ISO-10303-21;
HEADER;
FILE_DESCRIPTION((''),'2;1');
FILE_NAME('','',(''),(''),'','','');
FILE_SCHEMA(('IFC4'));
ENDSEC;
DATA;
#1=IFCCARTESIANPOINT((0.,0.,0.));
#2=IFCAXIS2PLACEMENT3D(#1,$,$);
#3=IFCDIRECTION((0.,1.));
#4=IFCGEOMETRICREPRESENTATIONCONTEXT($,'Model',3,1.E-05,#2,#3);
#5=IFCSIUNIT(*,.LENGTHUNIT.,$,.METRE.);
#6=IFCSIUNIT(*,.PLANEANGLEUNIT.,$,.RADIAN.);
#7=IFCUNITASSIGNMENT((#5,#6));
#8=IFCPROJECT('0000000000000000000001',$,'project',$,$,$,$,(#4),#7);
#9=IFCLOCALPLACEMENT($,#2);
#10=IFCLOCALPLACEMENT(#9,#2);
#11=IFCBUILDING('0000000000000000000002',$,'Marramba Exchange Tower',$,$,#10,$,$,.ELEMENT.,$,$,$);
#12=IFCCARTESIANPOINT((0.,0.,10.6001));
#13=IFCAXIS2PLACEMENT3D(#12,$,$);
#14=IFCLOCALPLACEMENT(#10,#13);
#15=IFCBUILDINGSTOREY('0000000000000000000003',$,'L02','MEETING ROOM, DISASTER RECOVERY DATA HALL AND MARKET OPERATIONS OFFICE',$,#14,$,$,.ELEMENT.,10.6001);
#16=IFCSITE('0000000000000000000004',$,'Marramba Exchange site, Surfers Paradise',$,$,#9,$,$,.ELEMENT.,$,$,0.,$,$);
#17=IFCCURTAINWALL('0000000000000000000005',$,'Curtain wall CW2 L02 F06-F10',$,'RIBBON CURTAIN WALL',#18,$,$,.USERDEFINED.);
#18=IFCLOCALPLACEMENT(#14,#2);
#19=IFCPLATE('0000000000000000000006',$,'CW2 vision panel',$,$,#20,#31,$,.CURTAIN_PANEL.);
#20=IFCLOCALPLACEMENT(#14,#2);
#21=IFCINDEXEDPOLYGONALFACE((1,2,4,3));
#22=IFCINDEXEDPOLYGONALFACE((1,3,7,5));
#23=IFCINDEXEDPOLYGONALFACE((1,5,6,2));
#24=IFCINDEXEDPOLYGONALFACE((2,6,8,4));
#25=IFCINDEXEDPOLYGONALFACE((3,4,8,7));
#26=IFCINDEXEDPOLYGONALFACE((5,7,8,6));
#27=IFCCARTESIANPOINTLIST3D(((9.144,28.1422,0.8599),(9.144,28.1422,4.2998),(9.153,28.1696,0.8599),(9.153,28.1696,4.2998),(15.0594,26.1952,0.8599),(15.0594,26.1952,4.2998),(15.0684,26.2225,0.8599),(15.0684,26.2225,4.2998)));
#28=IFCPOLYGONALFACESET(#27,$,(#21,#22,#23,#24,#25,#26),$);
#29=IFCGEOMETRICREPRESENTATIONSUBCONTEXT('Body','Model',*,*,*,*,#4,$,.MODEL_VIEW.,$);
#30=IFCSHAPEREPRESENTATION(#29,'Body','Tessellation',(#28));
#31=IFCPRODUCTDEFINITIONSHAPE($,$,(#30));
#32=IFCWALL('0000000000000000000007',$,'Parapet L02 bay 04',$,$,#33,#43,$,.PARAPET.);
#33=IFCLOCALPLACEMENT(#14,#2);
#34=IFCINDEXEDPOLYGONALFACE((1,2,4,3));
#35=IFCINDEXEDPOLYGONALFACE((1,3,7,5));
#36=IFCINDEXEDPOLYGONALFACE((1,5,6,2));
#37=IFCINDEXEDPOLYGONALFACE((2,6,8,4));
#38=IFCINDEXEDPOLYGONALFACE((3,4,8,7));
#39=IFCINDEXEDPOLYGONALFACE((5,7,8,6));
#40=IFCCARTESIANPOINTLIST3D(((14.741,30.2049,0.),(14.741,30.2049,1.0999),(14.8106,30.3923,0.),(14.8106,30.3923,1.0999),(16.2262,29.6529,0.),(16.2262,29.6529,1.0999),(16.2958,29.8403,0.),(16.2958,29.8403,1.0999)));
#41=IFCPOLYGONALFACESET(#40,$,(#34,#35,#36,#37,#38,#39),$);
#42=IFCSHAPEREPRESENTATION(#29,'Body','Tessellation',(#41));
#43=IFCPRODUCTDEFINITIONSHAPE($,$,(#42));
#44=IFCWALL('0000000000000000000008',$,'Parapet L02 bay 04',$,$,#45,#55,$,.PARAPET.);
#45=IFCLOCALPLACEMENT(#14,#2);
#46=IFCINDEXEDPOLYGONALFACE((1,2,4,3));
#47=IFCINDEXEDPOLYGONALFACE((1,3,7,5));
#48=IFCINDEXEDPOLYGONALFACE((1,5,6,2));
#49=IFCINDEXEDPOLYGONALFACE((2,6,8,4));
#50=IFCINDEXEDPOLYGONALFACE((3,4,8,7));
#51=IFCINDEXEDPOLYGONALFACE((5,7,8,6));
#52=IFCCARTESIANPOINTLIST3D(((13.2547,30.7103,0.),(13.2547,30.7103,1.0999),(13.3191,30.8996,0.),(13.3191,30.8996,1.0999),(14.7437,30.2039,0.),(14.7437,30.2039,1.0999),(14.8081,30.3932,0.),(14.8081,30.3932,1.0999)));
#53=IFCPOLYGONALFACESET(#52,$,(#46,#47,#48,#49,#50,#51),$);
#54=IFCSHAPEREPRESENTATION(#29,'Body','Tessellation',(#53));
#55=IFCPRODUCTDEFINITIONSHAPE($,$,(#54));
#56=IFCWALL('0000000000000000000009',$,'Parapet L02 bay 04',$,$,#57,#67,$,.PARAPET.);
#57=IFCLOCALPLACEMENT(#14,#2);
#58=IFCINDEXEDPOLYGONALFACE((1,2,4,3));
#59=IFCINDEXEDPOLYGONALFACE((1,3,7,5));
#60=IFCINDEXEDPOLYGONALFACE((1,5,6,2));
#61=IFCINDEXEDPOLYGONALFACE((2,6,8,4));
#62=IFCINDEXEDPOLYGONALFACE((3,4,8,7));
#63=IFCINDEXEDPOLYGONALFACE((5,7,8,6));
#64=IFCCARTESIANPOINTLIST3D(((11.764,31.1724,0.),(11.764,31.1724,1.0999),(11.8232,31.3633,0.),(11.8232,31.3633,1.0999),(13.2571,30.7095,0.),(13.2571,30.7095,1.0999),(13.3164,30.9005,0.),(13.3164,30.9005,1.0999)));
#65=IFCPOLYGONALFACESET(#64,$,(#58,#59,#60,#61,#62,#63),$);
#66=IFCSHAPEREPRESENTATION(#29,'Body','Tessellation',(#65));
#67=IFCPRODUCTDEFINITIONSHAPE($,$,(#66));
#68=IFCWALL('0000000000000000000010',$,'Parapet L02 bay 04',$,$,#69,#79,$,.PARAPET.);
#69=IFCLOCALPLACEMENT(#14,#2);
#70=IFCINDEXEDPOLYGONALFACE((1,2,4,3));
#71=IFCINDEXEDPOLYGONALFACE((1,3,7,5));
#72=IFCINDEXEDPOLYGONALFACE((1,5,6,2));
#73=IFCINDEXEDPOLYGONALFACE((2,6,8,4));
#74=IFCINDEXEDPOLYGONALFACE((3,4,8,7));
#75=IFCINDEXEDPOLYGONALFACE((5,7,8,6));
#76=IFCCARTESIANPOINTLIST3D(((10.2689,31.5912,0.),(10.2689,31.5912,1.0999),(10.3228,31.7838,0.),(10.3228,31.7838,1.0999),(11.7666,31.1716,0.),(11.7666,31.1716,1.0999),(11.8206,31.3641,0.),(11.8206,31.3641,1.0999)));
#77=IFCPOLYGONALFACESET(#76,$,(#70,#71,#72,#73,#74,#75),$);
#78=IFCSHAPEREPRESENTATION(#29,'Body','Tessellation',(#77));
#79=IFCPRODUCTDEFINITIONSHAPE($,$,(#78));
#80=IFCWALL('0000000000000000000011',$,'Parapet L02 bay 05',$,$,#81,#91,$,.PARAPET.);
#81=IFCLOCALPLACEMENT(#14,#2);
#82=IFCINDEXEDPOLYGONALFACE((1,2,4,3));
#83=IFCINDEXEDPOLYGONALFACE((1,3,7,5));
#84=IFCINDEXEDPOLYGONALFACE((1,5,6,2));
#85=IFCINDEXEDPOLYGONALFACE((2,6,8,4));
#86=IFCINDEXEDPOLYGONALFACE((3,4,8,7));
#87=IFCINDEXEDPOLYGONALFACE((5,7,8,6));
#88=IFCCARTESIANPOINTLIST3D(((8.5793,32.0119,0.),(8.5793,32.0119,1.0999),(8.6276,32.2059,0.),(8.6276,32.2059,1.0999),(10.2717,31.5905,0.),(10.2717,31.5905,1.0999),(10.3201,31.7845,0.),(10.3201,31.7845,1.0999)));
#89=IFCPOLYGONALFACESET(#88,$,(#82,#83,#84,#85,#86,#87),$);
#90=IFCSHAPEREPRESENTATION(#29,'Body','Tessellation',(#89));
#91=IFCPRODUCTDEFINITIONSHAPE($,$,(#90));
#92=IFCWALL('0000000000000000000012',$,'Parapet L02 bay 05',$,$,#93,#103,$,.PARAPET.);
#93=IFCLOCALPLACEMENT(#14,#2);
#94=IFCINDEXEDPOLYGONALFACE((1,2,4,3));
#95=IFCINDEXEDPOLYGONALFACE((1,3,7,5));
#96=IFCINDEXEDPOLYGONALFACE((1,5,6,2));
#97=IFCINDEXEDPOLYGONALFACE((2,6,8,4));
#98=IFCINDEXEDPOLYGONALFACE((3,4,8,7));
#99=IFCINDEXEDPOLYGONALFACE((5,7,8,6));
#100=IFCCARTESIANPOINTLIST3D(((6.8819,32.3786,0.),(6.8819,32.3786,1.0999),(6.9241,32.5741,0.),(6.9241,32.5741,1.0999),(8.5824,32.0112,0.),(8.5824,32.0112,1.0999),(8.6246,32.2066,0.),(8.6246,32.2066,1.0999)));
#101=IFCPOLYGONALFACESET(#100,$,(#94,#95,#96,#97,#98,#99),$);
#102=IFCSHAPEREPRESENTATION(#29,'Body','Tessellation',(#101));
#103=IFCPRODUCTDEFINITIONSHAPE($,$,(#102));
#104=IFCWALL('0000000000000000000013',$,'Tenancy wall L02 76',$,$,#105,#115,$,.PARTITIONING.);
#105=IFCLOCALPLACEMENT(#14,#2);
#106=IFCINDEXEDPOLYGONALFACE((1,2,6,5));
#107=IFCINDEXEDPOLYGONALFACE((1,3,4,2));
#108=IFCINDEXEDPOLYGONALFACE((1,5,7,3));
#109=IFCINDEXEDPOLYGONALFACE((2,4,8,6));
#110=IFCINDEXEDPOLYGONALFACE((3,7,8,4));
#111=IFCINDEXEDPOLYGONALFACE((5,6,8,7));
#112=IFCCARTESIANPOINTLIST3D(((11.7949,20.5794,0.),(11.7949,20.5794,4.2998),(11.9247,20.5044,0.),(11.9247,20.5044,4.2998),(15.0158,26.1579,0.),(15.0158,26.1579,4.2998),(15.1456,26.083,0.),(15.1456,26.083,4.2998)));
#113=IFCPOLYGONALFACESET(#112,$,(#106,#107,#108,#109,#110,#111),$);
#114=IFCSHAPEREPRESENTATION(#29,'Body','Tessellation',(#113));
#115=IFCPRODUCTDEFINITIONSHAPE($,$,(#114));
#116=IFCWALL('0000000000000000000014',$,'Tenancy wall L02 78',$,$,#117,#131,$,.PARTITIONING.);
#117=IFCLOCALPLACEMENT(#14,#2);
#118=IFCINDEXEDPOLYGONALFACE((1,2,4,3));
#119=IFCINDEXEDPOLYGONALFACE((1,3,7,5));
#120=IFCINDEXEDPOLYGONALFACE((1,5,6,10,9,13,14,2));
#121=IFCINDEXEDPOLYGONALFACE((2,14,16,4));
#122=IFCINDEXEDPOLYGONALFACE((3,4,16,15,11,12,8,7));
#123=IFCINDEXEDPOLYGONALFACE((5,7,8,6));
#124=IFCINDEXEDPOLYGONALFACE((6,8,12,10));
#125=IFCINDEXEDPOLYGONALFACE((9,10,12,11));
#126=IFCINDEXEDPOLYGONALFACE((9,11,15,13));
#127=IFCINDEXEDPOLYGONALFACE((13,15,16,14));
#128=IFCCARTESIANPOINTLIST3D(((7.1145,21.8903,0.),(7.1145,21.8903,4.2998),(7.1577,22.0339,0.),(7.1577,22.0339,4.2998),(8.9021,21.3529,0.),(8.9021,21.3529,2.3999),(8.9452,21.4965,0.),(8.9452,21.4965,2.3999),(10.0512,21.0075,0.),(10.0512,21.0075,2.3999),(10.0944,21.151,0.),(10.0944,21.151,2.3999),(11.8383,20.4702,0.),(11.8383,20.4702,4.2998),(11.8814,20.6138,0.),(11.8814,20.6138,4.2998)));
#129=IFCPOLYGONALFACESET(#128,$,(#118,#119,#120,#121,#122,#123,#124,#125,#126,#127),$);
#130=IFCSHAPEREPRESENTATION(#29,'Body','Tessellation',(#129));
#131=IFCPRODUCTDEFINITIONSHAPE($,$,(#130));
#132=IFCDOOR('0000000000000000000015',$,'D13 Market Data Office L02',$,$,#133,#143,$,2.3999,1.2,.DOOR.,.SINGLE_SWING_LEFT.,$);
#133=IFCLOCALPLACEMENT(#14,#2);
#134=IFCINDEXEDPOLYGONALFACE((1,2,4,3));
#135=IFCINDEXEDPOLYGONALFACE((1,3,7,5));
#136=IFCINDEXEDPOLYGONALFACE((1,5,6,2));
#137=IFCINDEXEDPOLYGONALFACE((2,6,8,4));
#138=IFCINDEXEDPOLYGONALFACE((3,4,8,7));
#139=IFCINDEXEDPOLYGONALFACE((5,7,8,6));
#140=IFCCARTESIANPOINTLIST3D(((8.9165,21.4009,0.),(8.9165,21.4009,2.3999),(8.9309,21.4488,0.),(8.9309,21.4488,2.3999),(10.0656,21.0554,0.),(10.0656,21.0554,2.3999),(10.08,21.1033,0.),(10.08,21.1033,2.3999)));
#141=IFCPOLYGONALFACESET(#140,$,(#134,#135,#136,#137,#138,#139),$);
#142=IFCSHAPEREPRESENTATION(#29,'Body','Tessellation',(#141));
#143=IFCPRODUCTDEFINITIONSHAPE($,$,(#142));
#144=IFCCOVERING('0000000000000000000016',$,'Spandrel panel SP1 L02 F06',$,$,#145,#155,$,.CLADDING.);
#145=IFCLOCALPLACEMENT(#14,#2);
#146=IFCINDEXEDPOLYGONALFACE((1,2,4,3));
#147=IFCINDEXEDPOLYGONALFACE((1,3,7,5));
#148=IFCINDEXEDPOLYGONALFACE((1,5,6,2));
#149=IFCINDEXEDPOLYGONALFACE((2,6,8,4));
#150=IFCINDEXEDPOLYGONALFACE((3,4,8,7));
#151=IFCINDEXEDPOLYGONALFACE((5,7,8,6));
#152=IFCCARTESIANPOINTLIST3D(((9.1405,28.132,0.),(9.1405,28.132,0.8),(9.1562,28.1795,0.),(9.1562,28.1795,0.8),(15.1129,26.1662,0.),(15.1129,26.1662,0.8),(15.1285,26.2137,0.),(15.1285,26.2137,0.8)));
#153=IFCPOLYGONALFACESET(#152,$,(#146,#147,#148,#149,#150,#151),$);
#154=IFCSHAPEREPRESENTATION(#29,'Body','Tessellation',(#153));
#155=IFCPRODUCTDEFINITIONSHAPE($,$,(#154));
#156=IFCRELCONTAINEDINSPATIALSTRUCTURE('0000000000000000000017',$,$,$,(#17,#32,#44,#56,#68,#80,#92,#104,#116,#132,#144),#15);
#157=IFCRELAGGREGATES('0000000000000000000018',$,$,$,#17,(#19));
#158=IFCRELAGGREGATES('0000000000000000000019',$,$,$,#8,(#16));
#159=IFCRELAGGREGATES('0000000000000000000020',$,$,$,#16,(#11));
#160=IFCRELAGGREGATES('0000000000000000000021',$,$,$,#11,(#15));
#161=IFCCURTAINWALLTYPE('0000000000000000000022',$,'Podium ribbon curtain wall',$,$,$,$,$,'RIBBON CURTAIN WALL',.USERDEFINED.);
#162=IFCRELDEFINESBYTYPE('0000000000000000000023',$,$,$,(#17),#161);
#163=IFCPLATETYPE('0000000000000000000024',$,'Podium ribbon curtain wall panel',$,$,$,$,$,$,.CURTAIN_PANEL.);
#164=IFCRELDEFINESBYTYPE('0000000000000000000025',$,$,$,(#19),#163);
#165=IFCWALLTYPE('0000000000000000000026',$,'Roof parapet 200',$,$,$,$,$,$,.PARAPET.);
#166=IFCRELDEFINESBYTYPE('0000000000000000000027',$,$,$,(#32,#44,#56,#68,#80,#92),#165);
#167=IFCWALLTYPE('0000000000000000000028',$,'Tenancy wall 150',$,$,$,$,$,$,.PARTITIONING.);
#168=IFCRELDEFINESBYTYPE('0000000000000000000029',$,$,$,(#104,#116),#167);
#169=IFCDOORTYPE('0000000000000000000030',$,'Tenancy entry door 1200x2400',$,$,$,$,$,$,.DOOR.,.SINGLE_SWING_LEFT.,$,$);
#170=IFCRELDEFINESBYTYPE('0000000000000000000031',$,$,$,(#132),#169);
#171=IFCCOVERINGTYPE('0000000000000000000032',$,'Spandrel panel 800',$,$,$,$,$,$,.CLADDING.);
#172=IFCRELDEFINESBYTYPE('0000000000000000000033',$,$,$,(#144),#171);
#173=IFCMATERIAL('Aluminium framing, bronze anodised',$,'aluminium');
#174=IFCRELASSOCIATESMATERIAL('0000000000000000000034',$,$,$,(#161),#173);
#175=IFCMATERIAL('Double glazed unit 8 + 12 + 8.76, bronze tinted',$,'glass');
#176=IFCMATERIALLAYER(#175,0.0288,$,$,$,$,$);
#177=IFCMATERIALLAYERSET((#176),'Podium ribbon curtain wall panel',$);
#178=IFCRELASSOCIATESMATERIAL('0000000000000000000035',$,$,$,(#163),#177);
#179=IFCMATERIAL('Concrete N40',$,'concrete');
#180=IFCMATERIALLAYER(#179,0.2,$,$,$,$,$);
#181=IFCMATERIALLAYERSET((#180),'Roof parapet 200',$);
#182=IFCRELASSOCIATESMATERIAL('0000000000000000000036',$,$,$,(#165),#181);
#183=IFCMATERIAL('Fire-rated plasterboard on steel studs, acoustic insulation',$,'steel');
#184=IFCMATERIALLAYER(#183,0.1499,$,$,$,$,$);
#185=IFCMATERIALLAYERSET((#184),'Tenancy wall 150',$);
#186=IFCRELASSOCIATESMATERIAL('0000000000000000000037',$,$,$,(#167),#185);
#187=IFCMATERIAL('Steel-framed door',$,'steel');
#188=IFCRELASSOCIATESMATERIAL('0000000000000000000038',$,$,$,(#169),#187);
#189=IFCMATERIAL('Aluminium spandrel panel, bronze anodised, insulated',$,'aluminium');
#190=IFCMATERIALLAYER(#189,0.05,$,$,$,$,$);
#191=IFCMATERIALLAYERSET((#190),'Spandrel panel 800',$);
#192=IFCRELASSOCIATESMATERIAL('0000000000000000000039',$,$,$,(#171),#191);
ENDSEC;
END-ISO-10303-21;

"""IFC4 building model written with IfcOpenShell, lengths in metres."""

from ifc_helpers import new_model, si_unit, direction, frame, frame_2d, origin, origin_2d, place, context, subcontext, project, spatial, rectangle, extrude, material, layer, layer_set, type_object, element, fill, aggregate, save


model = new_model("IFC4")

# Units and contexts
model_context = context("Model", 3, precision=1e-05, world=origin(), true_north=direction((0.0, 1.0)))
body_context = subcontext(model_context, "Body", "Model", "MODEL_VIEW")
ifc_project = project(units=[si_unit("LENGTHUNIT", "METRE"), si_unit("PLANEANGLEUNIT", "RADIAN")], contexts=[model_context])

# Site, building, storey
site_placement = place(None, origin())
site = spatial("IfcSite", under=ifc_project, at=site_placement, Name="Marramba Exchange site, Surfers Paradise", CompositionType="ELEMENT", RefElevation=0.0)
building_placement = place(site_placement, origin())
building = spatial("IfcBuilding", under=site, at=building_placement, Name="Marramba Exchange Tower", CompositionType="ELEMENT")
storey_placement = place(building_placement, frame((0.0, 0.0, 10.6001)))
storey = spatial("IfcBuildingStorey", under=building, at=storey_placement, Name="L02", Description="MEETING ROOM, DISASTER RECOVERY DATA HALL AND MARKET OPERATIONS OFFICE", CompositionType="ELEMENT", Elevation=10.6001)

# Curtain wall
ifc_material_1 = material(Name="Aluminium framing, bronze anodised", Category="aluminium")
curtain_wall_type = type_object("IfcCurtainWallType", Name="Podium ribbon curtain wall", ElementType="RIBBON CURTAIN WALL", PredefinedType="USERDEFINED", material=ifc_material_1)
curtain_wall_placement = place(storey_placement, origin())
curtain_wall = element("IfcCurtainWall", 1, at=curtain_wall_placement, inside=storey, type_object=curtain_wall_type, Name="Curtain wall CW2 L02 F06-F10", ObjectType="RIBBON CURTAIN WALL", PredefinedType="USERDEFINED")

# Plate
ifc_material_2 = material(Name="Double glazed unit 8 + 12 + 8.76, bronze tinted", Category="glass")
ifc_layer_1 = layer(ifc_material_2, 0.0288)
ifc_layer_set_1 = layer_set([ifc_layer_1], Name="Podium ribbon curtain wall panel")
plate_type = type_object("IfcPlateType", Name="Podium ribbon curtain wall panel", PredefinedType="CURTAIN_PANEL", material=ifc_layer_set_1)
plate_placement = place(storey_placement, frame((12.1062, 27.1824, 0.8599), z_axis=(0.0, 0.0, 1.0), x_axis=(-0.949868, 0.312652, 0.0)))
plate = element("IfcPlate", 2, at=plate_placement, type_object=plate_type, Name="CW2 vision panel", PredefinedType="CURTAIN_PANEL", context=body_context, shape_type="SweptSolid", body=[
    extrude(rectangle(XDim=6.2275, YDim=0.0288, at=origin_2d()), origin(), (0.0, 0.0, 1.0), 3.4399),
])
aggregate(curtain_wall, [plate])

# Walls
ifc_material_3 = material(Name="Concrete N40", Category="concrete")
ifc_layer_2 = layer(ifc_material_3, 0.2)
ifc_layer_set_2 = layer_set([ifc_layer_2], Name="Roof parapet 200")
wall_type_1 = type_object("IfcWallType", Name="Roof parapet 200", PredefinedType="PARAPET", material=ifc_layer_set_2)
wall_1_placement = place(storey_placement, frame((16.261, 29.7466, 0.0), z_axis=(0.0, 0.0, 1.0), x_axis=(-0.937345, 0.348403, 0.0)))
element("IfcWall", 3, at=wall_1_placement, inside=storey, type_object=wall_type_1, Name="Parapet L02 bay 04", PredefinedType="PARAPET", context=body_context, shape_type="SweptSolid", body=[
    extrude(rectangle(XDim=1.5845, YDim=0.2, at=frame_2d((0.7922, 0.0))), origin(), (0.0, 0.0, 1.0), 1.0999),
])
wall_2_placement = place(storey_placement, frame((14.7759, 30.2986, 0.0), z_axis=(0.0, 0.0, 1.0), x_axis=(-0.946757, 0.32195, 0.0)))
element("IfcWall", 4, at=wall_2_placement, inside=storey, type_object=wall_type_1, Name="Parapet L02 bay 04", PredefinedType="PARAPET", context=body_context, shape_type="SweptSolid", body=[
    extrude(rectangle(XDim=1.5728, YDim=0.2, at=frame_2d((0.7864, 0.0))), origin(), (0.0, 0.0, 1.0), 1.0999),
])
wall_3_placement = place(storey_placement, frame((13.2869, 30.8049, 0.0), z_axis=(0.0, 0.0, 1.0), x_axis=(-0.955156, 0.296104, 0.0)))
element("IfcWall", 5, at=wall_3_placement, inside=storey, type_object=wall_type_1, Name="Parapet L02 bay 04", PredefinedType="PARAPET", context=body_context, shape_type="SweptSolid", body=[
    extrude(rectangle(XDim=1.5632, YDim=0.2, at=frame_2d((0.7817, 0.0))), origin(), (0.0, 0.0, 1.0), 1.0999),
])
wall_4_placement = place(storey_placement, frame((11.7937, 31.2678, 0.0), z_axis=(0.0, 0.0, 1.0), x_axis=(-0.962915, 0.269805, 0.0)))
element("IfcWall", 6, at=wall_4_placement, inside=storey, type_object=wall_type_1, Name="Parapet L02 bay 04", PredefinedType="PARAPET", context=body_context, shape_type="SweptSolid", body=[
    extrude(rectangle(XDim=1.5554, YDim=0.2, at=frame_2d((0.7778, 0.0))), origin(), (0.0, 0.0, 1.0), 1.0999),
])
wall_5_placement = place(storey_placement, frame((10.2959, 31.6875, 0.0), z_axis=(0.0, 0.0, 1.0), x_axis=(-0.970373, 0.241613, 0.0)))
element("IfcWall", 7, at=wall_5_placement, inside=storey, type_object=wall_type_1, Name="Parapet L02 bay 05", PredefinedType="PARAPET", context=body_context, shape_type="SweptSolid", body=[
    extrude(rectangle(XDim=1.7441, YDim=0.2, at=frame_2d((0.8721, 0.0))), origin(), (0.0, 0.0, 1.0), 1.0999),
])
wall_6_placement = place(storey_placement, frame((8.6035, 32.1089, 0.0), z_axis=(0.0, 0.0, 1.0), x_axis=(-0.977442, 0.211206, 0.0)))
element("IfcWall", 8, at=wall_6_placement, inside=storey, type_object=wall_type_1, Name="Parapet L02 bay 05", PredefinedType="PARAPET", context=body_context, shape_type="SweptSolid", body=[
    extrude(rectangle(XDim=1.7397, YDim=0.2, at=frame_2d((0.8699, 0.0))), origin(), (0.0, 0.0, 1.0), 1.0999),
])
ifc_material_4 = material(Name="Fire-rated plasterboard on steel studs, acoustic insulation", Category="steel")
ifc_layer_3 = layer(ifc_material_4, 0.1499)
ifc_layer_set_3 = layer_set([ifc_layer_3], Name="Tenancy wall 150")
wall_type_2 = type_object("IfcWallType", Name="Tenancy wall 150", PredefinedType="PARTITIONING", material=ifc_layer_set_3)
wall_7_placement = place(storey_placement, frame((11.8599, 20.542, 0.0), z_axis=(0.0, 0.0, 1.0), x_axis=(0.500016, 0.866016, 0.0)))
element("IfcWall", 9, at=wall_7_placement, inside=storey, type_object=wall_type_2, Name="Tenancy wall L02 76", PredefinedType="PARTITIONING", context=body_context, shape_type="SweptSolid", body=[
    extrude(rectangle(XDim=6.4417, YDim=0.1499, at=frame_2d((3.2207, 0.0))), origin(), (0.0, 0.0, 1.0), 4.2998),
])

# Wall, opening, door
wall_8_placement = place(storey_placement, frame((11.8599, 20.542, 0.0), z_axis=(0.0, 0.0, 1.0), x_axis=(-0.957659, 0.287906, 0.0)))
wall_8 = element("IfcWall", 10, at=wall_8_placement, inside=storey, type_object=wall_type_2, Name="Tenancy wall L02 78", PredefinedType="PARTITIONING", context=body_context, shape_type="SweptSolid", body=[
    extrude(rectangle(XDim=4.9326, YDim=0.1499, at=frame_2d((2.4663, 0.0))), origin(), (0.0, 0.0, 1.0), 4.2998),
])
opening_placement = place(wall_8_placement, frame((1.866, 0.0, 0.0)))
opening = element("IfcOpeningElement", 11, at=opening_placement, cuts=wall_8, PredefinedType="OPENING", context=body_context, shape_type="SweptSolid", body=[
    extrude(rectangle(XDim=1.2, YDim=2.3999, at=frame_2d((0.6001, 1.2))), frame((0.0, 0.085, 0.0), z_axis=(0.0, -1.0, 0.0), x_axis=(1.0, 0.0, 0.0)), (0.0, 0.0, 1.0), 0.1699),
])
ifc_material_5 = material(Name="Steel-framed door", Category="steel")
door_type = type_object("IfcDoorType", Name="Tenancy entry door 1200x2400", OperationType="SINGLE_SWING_LEFT", PredefinedType="DOOR", material=ifc_material_5)
door_placement = place(opening_placement, origin())
door = element("IfcDoor", 12, at=door_placement, inside=storey, type_object=door_type, Name="D13 Market Data Office L02", OperationType="SINGLE_SWING_LEFT", OverallHeight=2.3999, OverallWidth=1.2, PredefinedType="DOOR", context=body_context, shape_type="SweptSolid", body=[
    extrude(rectangle(XDim=1.2, YDim=2.3999, at=frame_2d((0.6001, 1.2))), frame((0.0, 0.0249, 0.0), z_axis=(0.0, -1.0, 0.0), x_axis=(1.0, 0.0, 0.0)), (0.0, 0.0, 1.0), 0.05),
])
fill(opening, door)

# Covering
ifc_material_6 = material(Name="Aluminium spandrel panel, bronze anodised, insulated", Category="aluminium")
ifc_layer_4 = layer(ifc_material_6, 0.05)
ifc_layer_set_4 = layer_set([ifc_layer_4], Name="Spandrel panel 800")
covering_type = type_object("IfcCoveringType", Name="Spandrel panel 800", PredefinedType="CLADDING", material=ifc_layer_set_4)
covering_placement = place(storey_placement, frame((12.1345, 27.1729, 0.0), z_axis=(0.0, 0.0, 1.0), x_axis=(-0.949868, 0.312652, 0.0)))
element("IfcCovering", 13, at=covering_placement, inside=storey, type_object=covering_type, Name="Spandrel panel SP1 L02 F06", PredefinedType="CLADDING", context=body_context, shape_type="SweptSolid", body=[
    extrude(rectangle(XDim=6.2876, YDim=0.05, at=origin_2d()), origin(), (0.0, 0.0, 1.0), 0.8),
])

save(model, "model.ifc")
